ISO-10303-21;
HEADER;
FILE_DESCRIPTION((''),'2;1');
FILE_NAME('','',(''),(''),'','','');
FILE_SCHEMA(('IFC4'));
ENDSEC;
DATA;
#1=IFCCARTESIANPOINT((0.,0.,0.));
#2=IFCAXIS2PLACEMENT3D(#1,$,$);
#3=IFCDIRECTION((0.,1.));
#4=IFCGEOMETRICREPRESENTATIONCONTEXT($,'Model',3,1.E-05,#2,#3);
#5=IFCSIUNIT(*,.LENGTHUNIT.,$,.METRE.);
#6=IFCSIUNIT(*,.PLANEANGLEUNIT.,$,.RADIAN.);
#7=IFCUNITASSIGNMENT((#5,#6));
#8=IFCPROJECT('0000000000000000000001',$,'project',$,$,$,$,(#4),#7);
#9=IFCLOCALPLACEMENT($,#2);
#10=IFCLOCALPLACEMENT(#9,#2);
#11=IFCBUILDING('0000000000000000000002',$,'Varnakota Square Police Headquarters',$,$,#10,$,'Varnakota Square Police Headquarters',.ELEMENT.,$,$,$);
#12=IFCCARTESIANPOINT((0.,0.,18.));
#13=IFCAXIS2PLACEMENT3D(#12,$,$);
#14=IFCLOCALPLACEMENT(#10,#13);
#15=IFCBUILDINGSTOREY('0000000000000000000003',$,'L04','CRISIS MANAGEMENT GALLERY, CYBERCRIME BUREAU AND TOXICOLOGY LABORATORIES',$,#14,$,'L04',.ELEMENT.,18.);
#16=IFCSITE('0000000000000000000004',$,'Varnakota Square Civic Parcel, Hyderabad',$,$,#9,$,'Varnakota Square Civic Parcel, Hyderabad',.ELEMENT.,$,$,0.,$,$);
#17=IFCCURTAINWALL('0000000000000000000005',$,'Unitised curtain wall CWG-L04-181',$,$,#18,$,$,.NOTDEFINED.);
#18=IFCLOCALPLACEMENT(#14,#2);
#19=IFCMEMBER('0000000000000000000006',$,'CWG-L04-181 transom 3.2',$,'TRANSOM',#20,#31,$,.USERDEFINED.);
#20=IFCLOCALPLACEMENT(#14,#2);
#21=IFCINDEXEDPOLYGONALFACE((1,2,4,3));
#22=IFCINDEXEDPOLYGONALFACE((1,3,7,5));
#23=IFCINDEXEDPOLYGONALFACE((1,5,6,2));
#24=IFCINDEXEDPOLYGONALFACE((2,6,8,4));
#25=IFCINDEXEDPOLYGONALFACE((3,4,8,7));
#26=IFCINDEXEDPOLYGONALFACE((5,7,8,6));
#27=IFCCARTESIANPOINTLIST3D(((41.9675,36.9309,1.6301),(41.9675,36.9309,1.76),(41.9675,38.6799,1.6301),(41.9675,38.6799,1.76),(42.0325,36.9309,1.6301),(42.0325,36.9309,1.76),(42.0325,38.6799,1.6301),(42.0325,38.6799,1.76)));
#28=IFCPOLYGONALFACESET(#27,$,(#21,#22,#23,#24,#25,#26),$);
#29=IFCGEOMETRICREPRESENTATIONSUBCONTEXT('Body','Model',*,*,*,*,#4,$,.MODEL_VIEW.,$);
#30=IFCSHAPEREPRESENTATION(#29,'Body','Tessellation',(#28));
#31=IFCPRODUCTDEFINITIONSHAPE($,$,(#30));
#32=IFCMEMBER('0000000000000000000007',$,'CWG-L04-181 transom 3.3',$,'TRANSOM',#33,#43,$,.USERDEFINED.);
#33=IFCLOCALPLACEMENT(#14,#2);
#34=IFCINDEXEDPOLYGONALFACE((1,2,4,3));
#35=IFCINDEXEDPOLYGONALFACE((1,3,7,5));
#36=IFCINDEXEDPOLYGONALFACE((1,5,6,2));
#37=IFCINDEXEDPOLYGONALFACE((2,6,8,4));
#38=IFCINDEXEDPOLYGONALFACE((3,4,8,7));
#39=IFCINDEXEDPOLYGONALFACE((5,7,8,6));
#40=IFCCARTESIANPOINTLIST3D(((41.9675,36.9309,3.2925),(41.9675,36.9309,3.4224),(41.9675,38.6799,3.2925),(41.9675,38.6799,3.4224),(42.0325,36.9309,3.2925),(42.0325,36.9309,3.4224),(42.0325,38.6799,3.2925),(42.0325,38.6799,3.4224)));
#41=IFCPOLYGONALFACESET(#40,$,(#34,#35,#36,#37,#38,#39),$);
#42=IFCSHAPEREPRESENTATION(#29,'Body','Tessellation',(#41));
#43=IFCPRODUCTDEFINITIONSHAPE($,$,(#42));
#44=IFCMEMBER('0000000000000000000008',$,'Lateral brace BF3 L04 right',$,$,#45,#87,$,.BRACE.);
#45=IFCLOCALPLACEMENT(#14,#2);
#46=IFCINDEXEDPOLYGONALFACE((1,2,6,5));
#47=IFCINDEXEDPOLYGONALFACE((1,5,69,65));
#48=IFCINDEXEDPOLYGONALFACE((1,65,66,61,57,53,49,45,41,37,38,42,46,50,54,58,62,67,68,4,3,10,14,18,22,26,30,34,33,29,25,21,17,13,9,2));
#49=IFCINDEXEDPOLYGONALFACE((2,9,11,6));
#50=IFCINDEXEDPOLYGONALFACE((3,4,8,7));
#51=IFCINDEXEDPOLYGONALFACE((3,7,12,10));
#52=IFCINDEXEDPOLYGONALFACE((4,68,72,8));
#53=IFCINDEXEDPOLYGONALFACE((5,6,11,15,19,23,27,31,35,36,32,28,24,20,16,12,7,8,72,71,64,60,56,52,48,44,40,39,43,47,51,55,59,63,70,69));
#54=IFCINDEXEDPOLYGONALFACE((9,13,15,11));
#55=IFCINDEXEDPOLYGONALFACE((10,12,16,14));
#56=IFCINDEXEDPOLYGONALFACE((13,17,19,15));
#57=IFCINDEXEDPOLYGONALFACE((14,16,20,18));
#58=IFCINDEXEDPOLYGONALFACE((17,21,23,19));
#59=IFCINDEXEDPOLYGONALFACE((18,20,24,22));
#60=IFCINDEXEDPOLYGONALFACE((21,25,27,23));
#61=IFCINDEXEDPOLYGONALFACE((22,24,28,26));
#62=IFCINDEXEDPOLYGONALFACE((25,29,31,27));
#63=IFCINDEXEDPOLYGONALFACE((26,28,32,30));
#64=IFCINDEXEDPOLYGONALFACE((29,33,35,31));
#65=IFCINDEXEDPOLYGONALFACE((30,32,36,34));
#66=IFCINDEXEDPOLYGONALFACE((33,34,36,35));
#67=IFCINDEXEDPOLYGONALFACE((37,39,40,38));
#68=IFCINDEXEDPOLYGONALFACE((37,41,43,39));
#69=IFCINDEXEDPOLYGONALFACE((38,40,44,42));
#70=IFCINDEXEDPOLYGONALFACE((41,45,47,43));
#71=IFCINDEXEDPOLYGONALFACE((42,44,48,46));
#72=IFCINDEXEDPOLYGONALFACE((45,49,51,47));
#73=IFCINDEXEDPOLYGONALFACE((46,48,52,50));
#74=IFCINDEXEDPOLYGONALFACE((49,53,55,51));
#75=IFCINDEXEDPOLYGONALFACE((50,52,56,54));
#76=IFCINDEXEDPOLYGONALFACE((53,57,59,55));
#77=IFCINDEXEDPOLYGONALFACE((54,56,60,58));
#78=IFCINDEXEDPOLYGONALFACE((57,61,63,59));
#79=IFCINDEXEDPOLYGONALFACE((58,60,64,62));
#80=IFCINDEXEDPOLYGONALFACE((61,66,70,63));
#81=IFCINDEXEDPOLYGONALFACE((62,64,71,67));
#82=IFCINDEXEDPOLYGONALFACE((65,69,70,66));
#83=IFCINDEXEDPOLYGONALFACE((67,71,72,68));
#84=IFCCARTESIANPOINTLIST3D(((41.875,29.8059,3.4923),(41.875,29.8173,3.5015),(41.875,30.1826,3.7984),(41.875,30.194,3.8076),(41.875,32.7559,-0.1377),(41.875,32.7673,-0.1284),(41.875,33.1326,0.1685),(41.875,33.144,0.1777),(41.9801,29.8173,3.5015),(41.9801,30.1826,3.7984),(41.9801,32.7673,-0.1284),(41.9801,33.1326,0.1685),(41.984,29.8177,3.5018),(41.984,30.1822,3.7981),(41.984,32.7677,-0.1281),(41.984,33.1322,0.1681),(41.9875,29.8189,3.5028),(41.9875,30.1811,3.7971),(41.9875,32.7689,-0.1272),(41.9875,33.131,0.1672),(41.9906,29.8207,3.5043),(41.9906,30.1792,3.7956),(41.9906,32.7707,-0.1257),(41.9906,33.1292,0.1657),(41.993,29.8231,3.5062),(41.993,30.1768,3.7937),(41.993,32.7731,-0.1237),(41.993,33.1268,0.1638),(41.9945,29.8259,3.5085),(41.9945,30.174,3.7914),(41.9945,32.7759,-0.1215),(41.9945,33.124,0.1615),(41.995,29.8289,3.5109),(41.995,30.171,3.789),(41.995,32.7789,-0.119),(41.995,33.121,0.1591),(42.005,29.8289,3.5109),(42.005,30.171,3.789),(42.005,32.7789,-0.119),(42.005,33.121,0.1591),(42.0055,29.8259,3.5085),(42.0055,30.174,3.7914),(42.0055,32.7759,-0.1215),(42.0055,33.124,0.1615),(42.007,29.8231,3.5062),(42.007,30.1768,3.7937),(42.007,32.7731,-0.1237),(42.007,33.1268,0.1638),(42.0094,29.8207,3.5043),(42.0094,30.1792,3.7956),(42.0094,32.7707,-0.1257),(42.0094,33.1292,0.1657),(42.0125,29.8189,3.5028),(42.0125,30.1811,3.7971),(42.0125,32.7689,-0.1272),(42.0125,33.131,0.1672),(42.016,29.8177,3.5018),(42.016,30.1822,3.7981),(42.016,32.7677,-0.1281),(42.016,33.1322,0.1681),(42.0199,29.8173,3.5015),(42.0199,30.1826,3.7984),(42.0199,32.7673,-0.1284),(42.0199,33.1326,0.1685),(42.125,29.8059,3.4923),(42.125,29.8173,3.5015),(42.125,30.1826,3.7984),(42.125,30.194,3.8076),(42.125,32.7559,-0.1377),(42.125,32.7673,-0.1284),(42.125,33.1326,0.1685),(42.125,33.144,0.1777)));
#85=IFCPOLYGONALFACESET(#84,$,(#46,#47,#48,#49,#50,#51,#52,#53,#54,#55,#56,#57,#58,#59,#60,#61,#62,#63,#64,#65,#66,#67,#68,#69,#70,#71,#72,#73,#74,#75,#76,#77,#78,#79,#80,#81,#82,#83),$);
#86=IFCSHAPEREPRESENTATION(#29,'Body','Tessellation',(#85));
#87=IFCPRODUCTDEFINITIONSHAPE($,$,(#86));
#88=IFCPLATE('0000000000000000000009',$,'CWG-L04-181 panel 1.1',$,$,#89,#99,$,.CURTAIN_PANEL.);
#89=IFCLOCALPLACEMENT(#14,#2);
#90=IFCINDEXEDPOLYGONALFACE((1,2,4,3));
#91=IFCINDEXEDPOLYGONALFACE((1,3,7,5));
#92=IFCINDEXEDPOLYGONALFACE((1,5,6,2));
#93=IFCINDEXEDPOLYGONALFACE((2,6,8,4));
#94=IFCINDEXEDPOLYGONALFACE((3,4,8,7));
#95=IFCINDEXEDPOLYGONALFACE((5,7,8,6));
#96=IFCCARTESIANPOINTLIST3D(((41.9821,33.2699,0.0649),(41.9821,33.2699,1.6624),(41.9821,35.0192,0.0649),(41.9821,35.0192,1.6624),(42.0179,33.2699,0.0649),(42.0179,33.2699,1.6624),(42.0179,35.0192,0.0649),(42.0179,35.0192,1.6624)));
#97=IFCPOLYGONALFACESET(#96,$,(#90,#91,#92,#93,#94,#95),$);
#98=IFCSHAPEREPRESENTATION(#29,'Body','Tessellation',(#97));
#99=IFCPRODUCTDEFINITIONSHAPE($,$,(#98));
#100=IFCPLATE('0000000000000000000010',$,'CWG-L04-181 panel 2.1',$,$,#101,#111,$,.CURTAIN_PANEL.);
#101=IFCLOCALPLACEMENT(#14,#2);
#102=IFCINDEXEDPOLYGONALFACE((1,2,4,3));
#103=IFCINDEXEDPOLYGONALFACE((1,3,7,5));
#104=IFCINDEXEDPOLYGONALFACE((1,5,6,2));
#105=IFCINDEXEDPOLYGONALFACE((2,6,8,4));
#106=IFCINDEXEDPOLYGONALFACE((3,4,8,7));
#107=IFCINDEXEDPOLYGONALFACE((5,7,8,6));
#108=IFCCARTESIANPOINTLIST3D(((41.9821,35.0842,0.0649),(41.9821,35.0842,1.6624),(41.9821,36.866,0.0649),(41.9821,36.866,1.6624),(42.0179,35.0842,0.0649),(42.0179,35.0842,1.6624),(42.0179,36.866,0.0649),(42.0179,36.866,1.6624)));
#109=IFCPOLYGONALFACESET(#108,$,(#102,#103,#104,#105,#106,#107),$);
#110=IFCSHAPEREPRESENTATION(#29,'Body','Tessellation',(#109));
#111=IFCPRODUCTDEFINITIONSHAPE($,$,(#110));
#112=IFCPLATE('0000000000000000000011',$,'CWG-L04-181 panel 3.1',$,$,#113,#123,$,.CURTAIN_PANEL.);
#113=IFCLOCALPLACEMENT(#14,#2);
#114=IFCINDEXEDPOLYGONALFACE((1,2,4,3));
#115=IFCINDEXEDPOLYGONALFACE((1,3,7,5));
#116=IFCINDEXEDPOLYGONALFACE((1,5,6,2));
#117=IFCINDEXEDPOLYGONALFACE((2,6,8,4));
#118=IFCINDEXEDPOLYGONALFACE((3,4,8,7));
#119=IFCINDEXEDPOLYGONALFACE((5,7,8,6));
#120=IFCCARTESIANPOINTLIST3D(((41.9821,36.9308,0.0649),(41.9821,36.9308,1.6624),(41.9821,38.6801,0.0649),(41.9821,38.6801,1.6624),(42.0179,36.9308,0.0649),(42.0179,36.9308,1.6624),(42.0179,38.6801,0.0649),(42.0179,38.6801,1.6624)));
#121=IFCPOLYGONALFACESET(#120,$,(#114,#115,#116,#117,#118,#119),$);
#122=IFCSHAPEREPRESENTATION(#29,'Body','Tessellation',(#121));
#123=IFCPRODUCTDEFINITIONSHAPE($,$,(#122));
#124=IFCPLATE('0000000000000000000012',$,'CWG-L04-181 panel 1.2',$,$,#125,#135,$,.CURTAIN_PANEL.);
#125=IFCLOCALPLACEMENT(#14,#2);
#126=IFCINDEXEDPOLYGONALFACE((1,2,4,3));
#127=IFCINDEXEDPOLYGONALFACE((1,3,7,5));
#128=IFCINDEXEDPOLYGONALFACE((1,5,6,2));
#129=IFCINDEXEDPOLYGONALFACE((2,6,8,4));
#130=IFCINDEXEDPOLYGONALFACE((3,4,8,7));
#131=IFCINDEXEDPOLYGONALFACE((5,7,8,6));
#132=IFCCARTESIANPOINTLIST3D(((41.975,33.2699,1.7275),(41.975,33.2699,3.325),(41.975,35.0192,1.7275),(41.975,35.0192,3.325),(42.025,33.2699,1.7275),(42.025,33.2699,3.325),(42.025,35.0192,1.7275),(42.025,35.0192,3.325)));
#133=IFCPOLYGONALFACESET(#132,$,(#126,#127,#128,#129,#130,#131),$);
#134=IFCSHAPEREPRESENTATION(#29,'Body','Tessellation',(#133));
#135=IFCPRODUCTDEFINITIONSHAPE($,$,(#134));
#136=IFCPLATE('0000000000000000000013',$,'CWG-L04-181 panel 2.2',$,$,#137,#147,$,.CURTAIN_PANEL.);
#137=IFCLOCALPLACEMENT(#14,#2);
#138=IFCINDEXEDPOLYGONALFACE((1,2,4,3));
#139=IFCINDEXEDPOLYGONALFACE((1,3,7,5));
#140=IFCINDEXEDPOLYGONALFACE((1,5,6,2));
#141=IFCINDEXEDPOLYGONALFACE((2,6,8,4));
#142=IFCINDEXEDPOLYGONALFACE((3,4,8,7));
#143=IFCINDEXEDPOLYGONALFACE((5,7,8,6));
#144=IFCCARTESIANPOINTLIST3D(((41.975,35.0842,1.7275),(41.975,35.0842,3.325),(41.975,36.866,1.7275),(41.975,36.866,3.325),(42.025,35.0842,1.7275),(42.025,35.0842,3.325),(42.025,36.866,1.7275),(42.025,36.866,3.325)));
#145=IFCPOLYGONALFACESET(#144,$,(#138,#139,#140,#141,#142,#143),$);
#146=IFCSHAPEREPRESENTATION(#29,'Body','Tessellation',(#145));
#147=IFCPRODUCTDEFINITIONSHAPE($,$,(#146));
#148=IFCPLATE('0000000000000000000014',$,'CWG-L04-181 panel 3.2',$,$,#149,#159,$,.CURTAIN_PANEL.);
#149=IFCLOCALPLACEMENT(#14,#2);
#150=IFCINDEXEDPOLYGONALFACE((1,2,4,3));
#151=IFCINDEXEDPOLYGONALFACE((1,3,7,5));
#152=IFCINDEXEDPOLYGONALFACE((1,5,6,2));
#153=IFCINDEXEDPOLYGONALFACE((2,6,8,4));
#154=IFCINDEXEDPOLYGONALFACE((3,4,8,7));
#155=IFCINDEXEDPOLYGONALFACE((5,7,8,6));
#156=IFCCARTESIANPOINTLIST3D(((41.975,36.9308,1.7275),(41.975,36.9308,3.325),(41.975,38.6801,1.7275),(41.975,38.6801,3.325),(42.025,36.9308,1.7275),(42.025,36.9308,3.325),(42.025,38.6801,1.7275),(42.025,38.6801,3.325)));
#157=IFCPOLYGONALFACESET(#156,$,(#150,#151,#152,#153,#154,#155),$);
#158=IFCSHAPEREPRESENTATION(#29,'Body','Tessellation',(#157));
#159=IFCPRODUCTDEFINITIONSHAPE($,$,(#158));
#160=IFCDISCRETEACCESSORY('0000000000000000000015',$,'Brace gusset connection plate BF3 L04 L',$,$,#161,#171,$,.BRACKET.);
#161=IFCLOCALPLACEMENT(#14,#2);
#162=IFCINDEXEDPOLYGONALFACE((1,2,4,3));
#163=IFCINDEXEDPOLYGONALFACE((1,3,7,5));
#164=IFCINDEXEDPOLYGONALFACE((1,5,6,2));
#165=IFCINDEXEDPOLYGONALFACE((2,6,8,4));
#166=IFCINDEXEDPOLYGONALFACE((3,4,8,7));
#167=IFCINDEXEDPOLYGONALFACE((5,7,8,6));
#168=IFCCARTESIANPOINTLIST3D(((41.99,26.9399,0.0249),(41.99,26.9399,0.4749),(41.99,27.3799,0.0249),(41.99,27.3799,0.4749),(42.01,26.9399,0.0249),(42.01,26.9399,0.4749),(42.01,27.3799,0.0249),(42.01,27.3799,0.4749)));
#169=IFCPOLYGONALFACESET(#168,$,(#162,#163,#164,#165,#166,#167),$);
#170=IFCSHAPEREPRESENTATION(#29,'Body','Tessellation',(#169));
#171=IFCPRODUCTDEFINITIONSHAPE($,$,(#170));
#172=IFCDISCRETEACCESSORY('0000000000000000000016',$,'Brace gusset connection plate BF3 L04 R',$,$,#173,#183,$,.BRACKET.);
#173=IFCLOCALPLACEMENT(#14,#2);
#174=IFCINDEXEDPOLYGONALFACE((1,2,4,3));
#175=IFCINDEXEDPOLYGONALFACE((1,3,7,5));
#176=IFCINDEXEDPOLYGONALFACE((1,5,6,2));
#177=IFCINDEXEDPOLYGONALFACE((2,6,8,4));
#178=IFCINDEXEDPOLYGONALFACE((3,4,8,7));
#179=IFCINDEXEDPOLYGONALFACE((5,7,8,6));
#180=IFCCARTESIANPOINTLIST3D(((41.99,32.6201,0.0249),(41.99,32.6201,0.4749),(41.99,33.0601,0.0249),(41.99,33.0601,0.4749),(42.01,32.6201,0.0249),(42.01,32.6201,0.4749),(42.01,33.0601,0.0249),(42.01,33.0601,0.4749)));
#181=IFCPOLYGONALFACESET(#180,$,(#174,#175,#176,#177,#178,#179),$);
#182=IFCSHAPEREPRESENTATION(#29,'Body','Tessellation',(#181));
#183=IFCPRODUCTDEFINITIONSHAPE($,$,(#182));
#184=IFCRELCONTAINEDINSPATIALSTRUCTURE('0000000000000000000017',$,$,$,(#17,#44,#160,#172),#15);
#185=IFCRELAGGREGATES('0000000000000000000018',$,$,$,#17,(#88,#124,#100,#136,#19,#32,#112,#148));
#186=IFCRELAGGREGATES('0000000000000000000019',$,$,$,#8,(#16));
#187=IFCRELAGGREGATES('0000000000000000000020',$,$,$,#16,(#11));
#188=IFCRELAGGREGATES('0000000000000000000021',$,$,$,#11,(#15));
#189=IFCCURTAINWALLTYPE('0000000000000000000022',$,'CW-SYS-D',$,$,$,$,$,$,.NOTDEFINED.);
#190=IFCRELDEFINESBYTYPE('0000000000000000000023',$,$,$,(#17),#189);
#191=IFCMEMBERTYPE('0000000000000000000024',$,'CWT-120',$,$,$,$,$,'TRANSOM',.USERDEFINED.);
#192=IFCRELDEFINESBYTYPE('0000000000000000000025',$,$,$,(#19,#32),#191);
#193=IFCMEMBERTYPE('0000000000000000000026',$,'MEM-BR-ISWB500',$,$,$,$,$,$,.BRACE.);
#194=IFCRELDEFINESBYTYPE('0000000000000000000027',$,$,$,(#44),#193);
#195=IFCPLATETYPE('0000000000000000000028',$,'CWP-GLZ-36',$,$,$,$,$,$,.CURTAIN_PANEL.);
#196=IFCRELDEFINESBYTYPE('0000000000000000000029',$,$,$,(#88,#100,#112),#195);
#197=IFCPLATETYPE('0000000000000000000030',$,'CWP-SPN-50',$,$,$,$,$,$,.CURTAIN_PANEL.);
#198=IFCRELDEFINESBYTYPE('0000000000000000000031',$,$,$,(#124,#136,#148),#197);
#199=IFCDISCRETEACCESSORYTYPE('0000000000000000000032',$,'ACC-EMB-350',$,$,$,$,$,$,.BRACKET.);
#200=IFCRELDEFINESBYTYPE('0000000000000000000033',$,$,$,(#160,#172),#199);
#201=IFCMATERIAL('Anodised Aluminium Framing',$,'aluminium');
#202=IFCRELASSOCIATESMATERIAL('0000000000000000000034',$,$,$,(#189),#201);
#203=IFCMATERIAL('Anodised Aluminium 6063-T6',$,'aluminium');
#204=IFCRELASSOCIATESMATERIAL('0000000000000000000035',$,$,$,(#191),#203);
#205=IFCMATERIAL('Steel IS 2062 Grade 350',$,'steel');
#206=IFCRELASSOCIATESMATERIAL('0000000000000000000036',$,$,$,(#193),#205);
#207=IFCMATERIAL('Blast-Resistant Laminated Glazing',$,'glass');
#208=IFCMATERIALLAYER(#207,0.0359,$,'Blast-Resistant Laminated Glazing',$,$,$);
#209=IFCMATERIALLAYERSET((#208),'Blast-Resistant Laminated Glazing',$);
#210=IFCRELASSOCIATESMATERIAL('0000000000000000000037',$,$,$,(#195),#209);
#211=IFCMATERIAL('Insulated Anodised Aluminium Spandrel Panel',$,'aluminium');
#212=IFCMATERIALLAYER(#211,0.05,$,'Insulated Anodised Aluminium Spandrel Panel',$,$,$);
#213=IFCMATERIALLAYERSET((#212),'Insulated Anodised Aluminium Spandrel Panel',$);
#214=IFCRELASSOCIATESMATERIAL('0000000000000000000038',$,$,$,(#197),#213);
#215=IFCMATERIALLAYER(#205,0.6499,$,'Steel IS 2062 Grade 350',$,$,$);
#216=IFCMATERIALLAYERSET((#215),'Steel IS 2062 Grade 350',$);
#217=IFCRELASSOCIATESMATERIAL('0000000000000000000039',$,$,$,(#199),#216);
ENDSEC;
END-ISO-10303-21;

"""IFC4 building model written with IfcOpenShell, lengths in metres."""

from ifc_helpers import new_model, si_unit, direction, frame, origin, origin_2d, place, context, subcontext, project, spatial, rectangle, i_section, extrude, material, layer, layer_set, material_profile, profile_set, type_object, element, aggregate, save


model = new_model("IFC4")

# Units and contexts
model_context = context("Model", 3, precision=1e-05, world=origin(), true_north=direction((0.0, 1.0)))
body_context = subcontext(model_context, "Body", "Model", "MODEL_VIEW")
ifc_project = project(units=[si_unit("LENGTHUNIT", "METRE"), si_unit("PLANEANGLEUNIT", "RADIAN")], contexts=[model_context])

# Site, building, storey
site_placement = place(None, origin())
site = spatial("IfcSite", under=ifc_project, at=site_placement, Name="Varnakota Square Civic Parcel, Hyderabad", LongName="Varnakota Square Civic Parcel, Hyderabad", CompositionType="ELEMENT", RefElevation=0.0)
building_placement = place(site_placement, origin())
building = spatial("IfcBuilding", under=site, at=building_placement, Name="Varnakota Square Police Headquarters", LongName="Varnakota Square Police Headquarters", CompositionType="ELEMENT")
storey_placement = place(building_placement, frame((0.0, 0.0, 18.0)))
storey = spatial("IfcBuildingStorey", under=building, at=storey_placement, Name="L04", Description="CRISIS MANAGEMENT GALLERY, CYBERCRIME BUREAU AND TOXICOLOGY LABORATORIES", LongName="L04", CompositionType="ELEMENT", Elevation=18.0)

# Shared definitions
ifc_material_1 = material(Name="Steel IS 2062 Grade 350", Category="steel")

# Curtain wall, members
ifc_material_2 = material(Name="Anodised Aluminium Framing", Category="aluminium")
curtain_wall_type = type_object("IfcCurtainWallType", Name="CW-SYS-D", PredefinedType="NOTDEFINED", material=ifc_material_2)
curtain_wall_placement = place(storey_placement, origin())
curtain_wall = element("IfcCurtainWall", 1, at=curtain_wall_placement, inside=storey, type_object=curtain_wall_type, Name="Unitised curtain wall CWG-L04-181", PredefinedType="NOTDEFINED")
ifc_material_3 = material(Name="Anodised Aluminium 6063-T6", Category="aluminium")
ifc_material_profile_1 = material_profile(ifc_material_3, rectangle(XDim=0.0649, YDim=0.1299, at=origin_2d()), Name="ALU TRANSOM 65x130")
ifc_profile_set_1 = profile_set([ifc_material_profile_1], Name="Anodised Aluminium 6063-T6")
member_type_1 = type_object("IfcMemberType", Name="CWT-120", ElementType="TRANSOM", PredefinedType="USERDEFINED", material=ifc_profile_set_1)
member_1_placement = place(storey_placement, frame((42.0, 36.9309, 1.6951), z_axis=(0.0, 1.0, 0.0), x_axis=(-1.0, 0.0, 0.0)))
member_1 = element("IfcMember", 2, at=member_1_placement, type_object=member_type_1, Name="CWG-L04-181 transom 3.2", ObjectType="TRANSOM", PredefinedType="USERDEFINED", context=body_context, shape_type="SweptSolid", body=[
    extrude(rectangle(XDim=0.0649, YDim=0.1299, at=origin_2d()), origin(), (0.0, 0.0, 1.0), 1.749),
])
member_2_placement = place(storey_placement, frame((42.0, 36.9309, 3.3574), z_axis=(0.0, 1.0, 0.0), x_axis=(-1.0, 0.0, 0.0)))
member_2 = element("IfcMember", 3, at=member_2_placement, type_object=member_type_1, Name="CWG-L04-181 transom 3.3", ObjectType="TRANSOM", PredefinedType="USERDEFINED", context=body_context, shape_type="SweptSolid", body=[
    extrude(rectangle(XDim=0.0649, YDim=0.1299, at=origin_2d()), origin(), (0.0, 0.0, 1.0), 1.749),
])

# Member
ifc_material_profile_2 = material_profile(ifc_material_1, i_section(OverallWidth=0.25, OverallDepth=0.5, WebThickness=0.01, FlangeThickness=0.0146, FilletRadius=0.0149, at=origin_2d()), Name="ISWB 500")
ifc_profile_set_2 = profile_set([ifc_material_profile_2], Name="Steel IS 2062 Grade 350")
member_type_2 = type_object("IfcMemberType", Name="MEM-BR-ISWB500", PredefinedType="BRACE", material=ifc_profile_set_2)
member_3_placement = place(storey_placement, frame((42.0, 32.95, 0.02), z_axis=(0.0, -0.630679, 0.776044), x_axis=(1.0, 0.0, 0.0)))
element("IfcMember", 4, at=member_3_placement, inside=storey, type_object=member_type_2, Name="Lateral brace BF3 L04 right", PredefinedType="BRACE", context=body_context, shape_type="SweptSolid", body=[
    extrude(i_section(OverallWidth=0.25, OverallDepth=0.5, WebThickness=0.01, FlangeThickness=0.0146, FilletRadius=0.0149, at=origin_2d()), origin(), (0.0, 0.0, 1.0), 4.6775),
])

# Plates
ifc_material_4 = material(Name="Blast-Resistant Laminated Glazing", Category="glass")
ifc_layer_1 = layer(ifc_material_4, 0.0359, Name="Blast-Resistant Laminated Glazing")
ifc_layer_set_1 = layer_set([ifc_layer_1], Name="Blast-Resistant Laminated Glazing")
plate_type_1 = type_object("IfcPlateType", Name="CWP-GLZ-36", PredefinedType="CURTAIN_PANEL", material=ifc_layer_set_1)
plate_1_placement = place(storey_placement, frame((42.0, 34.1445, 0.0649), z_axis=(0.0, 0.0, 1.0), x_axis=(0.0, 1.0, 0.0)))
plate_1 = element("IfcPlate", 5, at=plate_1_placement, type_object=plate_type_1, Name="CWG-L04-181 panel 1.1", PredefinedType="CURTAIN_PANEL", context=body_context, shape_type="SweptSolid", body=[
    extrude(rectangle(XDim=1.7493, YDim=0.0359, at=origin_2d()), origin(), (0.0, 0.0, 1.0), 1.5974),
])
plate_2_placement = place(storey_placement, frame((42.0, 35.9751, 0.0649), z_axis=(0.0, 0.0, 1.0), x_axis=(0.0, 1.0, 0.0)))
plate_2 = element("IfcPlate", 6, at=plate_2_placement, type_object=plate_type_1, Name="CWG-L04-181 panel 2.1", PredefinedType="CURTAIN_PANEL", context=body_context, shape_type="SweptSolid", body=[
    extrude(rectangle(XDim=1.7817, YDim=0.0359, at=origin_2d()), origin(), (0.0, 0.0, 1.0), 1.5974),
])
plate_3_placement = place(storey_placement, frame((42.0, 37.8054, 0.0649), z_axis=(0.0, 0.0, 1.0), x_axis=(0.0, 1.0, 0.0)))
plate_3 = element("IfcPlate", 7, at=plate_3_placement, type_object=plate_type_1, Name="CWG-L04-181 panel 3.1", PredefinedType="CURTAIN_PANEL", context=body_context, shape_type="SweptSolid", body=[
    extrude(rectangle(XDim=1.7493, YDim=0.0359, at=origin_2d()), origin(), (0.0, 0.0, 1.0), 1.5974),
])
ifc_material_5 = material(Name="Insulated Anodised Aluminium Spandrel Panel", Category="aluminium")
ifc_layer_2 = layer(ifc_material_5, 0.05, Name="Insulated Anodised Aluminium Spandrel Panel")
ifc_layer_set_2 = layer_set([ifc_layer_2], Name="Insulated Anodised Aluminium Spandrel Panel")
plate_type_2 = type_object("IfcPlateType", Name="CWP-SPN-50", PredefinedType="CURTAIN_PANEL", material=ifc_layer_set_2)
plate_4_placement = place(storey_placement, frame((42.0, 34.1445, 1.7275), z_axis=(0.0, 0.0, 1.0), x_axis=(0.0, 1.0, 0.0)))
plate_4 = element("IfcPlate", 8, at=plate_4_placement, type_object=plate_type_2, Name="CWG-L04-181 panel 1.2", PredefinedType="CURTAIN_PANEL", context=body_context, shape_type="SweptSolid", body=[
    extrude(rectangle(XDim=1.7493, YDim=0.05, at=origin_2d()), origin(), (0.0, 0.0, 1.0), 1.5974),
])
plate_5_placement = place(storey_placement, frame((42.0, 35.9751, 1.7275), z_axis=(0.0, 0.0, 1.0), x_axis=(0.0, 1.0, 0.0)))
plate_5 = element("IfcPlate", 9, at=plate_5_placement, type_object=plate_type_2, Name="CWG-L04-181 panel 2.2", PredefinedType="CURTAIN_PANEL", context=body_context, shape_type="SweptSolid", body=[
    extrude(rectangle(XDim=1.7817, YDim=0.05, at=origin_2d()), origin(), (0.0, 0.0, 1.0), 1.5974),
])
plate_6_placement = place(storey_placement, frame((42.0, 37.8054, 1.7275), z_axis=(0.0, 0.0, 1.0), x_axis=(0.0, 1.0, 0.0)))
plate_6 = element("IfcPlate", 10, at=plate_6_placement, type_object=plate_type_2, Name="CWG-L04-181 panel 3.2", PredefinedType="CURTAIN_PANEL", context=body_context, shape_type="SweptSolid", body=[
    extrude(rectangle(XDim=1.7493, YDim=0.05, at=origin_2d()), origin(), (0.0, 0.0, 1.0), 1.5974),
])
aggregate(curtain_wall, [plate_1, plate_4, plate_2, plate_5, member_1, member_2, plate_3, plate_6])

# Discrete accessories
ifc_layer_3 = layer(ifc_material_1, 0.6499, Name="Steel IS 2062 Grade 350")
ifc_layer_set_3 = layer_set([ifc_layer_3], Name="Steel IS 2062 Grade 350")
discrete_accessory_type = type_object("IfcDiscreteAccessoryType", Name="ACC-EMB-350", PredefinedType="BRACKET", material=ifc_layer_set_3)
for number, where, z_axis, x_axis, name in (
    (11, (42.0, 27.1599, 0.0249), (0.0, 0.0, 1.0), (0.0, 1.0, 0.0), "Brace gusset connection plate BF3 L04 L"),
    (12, (42.0, 32.8401, 0.0249), (0.0, 0.0, 1.0), (0.0, 1.0, 0.0), "Brace gusset connection plate BF3 L04 R"),
):
    element("IfcDiscreteAccessory", number, at=place(storey_placement, frame(where, z_axis=z_axis, x_axis=x_axis)), inside=storey, type_object=discrete_accessory_type, Name=name, PredefinedType="BRACKET", context=body_context, shape_type="SweptSolid", body=[
        extrude(rectangle(XDim=0.4399, YDim=0.02, at=origin_2d()), origin(), (0.0, 0.0, 1.0), 0.45),
    ])

save(model, "model.ifc")
